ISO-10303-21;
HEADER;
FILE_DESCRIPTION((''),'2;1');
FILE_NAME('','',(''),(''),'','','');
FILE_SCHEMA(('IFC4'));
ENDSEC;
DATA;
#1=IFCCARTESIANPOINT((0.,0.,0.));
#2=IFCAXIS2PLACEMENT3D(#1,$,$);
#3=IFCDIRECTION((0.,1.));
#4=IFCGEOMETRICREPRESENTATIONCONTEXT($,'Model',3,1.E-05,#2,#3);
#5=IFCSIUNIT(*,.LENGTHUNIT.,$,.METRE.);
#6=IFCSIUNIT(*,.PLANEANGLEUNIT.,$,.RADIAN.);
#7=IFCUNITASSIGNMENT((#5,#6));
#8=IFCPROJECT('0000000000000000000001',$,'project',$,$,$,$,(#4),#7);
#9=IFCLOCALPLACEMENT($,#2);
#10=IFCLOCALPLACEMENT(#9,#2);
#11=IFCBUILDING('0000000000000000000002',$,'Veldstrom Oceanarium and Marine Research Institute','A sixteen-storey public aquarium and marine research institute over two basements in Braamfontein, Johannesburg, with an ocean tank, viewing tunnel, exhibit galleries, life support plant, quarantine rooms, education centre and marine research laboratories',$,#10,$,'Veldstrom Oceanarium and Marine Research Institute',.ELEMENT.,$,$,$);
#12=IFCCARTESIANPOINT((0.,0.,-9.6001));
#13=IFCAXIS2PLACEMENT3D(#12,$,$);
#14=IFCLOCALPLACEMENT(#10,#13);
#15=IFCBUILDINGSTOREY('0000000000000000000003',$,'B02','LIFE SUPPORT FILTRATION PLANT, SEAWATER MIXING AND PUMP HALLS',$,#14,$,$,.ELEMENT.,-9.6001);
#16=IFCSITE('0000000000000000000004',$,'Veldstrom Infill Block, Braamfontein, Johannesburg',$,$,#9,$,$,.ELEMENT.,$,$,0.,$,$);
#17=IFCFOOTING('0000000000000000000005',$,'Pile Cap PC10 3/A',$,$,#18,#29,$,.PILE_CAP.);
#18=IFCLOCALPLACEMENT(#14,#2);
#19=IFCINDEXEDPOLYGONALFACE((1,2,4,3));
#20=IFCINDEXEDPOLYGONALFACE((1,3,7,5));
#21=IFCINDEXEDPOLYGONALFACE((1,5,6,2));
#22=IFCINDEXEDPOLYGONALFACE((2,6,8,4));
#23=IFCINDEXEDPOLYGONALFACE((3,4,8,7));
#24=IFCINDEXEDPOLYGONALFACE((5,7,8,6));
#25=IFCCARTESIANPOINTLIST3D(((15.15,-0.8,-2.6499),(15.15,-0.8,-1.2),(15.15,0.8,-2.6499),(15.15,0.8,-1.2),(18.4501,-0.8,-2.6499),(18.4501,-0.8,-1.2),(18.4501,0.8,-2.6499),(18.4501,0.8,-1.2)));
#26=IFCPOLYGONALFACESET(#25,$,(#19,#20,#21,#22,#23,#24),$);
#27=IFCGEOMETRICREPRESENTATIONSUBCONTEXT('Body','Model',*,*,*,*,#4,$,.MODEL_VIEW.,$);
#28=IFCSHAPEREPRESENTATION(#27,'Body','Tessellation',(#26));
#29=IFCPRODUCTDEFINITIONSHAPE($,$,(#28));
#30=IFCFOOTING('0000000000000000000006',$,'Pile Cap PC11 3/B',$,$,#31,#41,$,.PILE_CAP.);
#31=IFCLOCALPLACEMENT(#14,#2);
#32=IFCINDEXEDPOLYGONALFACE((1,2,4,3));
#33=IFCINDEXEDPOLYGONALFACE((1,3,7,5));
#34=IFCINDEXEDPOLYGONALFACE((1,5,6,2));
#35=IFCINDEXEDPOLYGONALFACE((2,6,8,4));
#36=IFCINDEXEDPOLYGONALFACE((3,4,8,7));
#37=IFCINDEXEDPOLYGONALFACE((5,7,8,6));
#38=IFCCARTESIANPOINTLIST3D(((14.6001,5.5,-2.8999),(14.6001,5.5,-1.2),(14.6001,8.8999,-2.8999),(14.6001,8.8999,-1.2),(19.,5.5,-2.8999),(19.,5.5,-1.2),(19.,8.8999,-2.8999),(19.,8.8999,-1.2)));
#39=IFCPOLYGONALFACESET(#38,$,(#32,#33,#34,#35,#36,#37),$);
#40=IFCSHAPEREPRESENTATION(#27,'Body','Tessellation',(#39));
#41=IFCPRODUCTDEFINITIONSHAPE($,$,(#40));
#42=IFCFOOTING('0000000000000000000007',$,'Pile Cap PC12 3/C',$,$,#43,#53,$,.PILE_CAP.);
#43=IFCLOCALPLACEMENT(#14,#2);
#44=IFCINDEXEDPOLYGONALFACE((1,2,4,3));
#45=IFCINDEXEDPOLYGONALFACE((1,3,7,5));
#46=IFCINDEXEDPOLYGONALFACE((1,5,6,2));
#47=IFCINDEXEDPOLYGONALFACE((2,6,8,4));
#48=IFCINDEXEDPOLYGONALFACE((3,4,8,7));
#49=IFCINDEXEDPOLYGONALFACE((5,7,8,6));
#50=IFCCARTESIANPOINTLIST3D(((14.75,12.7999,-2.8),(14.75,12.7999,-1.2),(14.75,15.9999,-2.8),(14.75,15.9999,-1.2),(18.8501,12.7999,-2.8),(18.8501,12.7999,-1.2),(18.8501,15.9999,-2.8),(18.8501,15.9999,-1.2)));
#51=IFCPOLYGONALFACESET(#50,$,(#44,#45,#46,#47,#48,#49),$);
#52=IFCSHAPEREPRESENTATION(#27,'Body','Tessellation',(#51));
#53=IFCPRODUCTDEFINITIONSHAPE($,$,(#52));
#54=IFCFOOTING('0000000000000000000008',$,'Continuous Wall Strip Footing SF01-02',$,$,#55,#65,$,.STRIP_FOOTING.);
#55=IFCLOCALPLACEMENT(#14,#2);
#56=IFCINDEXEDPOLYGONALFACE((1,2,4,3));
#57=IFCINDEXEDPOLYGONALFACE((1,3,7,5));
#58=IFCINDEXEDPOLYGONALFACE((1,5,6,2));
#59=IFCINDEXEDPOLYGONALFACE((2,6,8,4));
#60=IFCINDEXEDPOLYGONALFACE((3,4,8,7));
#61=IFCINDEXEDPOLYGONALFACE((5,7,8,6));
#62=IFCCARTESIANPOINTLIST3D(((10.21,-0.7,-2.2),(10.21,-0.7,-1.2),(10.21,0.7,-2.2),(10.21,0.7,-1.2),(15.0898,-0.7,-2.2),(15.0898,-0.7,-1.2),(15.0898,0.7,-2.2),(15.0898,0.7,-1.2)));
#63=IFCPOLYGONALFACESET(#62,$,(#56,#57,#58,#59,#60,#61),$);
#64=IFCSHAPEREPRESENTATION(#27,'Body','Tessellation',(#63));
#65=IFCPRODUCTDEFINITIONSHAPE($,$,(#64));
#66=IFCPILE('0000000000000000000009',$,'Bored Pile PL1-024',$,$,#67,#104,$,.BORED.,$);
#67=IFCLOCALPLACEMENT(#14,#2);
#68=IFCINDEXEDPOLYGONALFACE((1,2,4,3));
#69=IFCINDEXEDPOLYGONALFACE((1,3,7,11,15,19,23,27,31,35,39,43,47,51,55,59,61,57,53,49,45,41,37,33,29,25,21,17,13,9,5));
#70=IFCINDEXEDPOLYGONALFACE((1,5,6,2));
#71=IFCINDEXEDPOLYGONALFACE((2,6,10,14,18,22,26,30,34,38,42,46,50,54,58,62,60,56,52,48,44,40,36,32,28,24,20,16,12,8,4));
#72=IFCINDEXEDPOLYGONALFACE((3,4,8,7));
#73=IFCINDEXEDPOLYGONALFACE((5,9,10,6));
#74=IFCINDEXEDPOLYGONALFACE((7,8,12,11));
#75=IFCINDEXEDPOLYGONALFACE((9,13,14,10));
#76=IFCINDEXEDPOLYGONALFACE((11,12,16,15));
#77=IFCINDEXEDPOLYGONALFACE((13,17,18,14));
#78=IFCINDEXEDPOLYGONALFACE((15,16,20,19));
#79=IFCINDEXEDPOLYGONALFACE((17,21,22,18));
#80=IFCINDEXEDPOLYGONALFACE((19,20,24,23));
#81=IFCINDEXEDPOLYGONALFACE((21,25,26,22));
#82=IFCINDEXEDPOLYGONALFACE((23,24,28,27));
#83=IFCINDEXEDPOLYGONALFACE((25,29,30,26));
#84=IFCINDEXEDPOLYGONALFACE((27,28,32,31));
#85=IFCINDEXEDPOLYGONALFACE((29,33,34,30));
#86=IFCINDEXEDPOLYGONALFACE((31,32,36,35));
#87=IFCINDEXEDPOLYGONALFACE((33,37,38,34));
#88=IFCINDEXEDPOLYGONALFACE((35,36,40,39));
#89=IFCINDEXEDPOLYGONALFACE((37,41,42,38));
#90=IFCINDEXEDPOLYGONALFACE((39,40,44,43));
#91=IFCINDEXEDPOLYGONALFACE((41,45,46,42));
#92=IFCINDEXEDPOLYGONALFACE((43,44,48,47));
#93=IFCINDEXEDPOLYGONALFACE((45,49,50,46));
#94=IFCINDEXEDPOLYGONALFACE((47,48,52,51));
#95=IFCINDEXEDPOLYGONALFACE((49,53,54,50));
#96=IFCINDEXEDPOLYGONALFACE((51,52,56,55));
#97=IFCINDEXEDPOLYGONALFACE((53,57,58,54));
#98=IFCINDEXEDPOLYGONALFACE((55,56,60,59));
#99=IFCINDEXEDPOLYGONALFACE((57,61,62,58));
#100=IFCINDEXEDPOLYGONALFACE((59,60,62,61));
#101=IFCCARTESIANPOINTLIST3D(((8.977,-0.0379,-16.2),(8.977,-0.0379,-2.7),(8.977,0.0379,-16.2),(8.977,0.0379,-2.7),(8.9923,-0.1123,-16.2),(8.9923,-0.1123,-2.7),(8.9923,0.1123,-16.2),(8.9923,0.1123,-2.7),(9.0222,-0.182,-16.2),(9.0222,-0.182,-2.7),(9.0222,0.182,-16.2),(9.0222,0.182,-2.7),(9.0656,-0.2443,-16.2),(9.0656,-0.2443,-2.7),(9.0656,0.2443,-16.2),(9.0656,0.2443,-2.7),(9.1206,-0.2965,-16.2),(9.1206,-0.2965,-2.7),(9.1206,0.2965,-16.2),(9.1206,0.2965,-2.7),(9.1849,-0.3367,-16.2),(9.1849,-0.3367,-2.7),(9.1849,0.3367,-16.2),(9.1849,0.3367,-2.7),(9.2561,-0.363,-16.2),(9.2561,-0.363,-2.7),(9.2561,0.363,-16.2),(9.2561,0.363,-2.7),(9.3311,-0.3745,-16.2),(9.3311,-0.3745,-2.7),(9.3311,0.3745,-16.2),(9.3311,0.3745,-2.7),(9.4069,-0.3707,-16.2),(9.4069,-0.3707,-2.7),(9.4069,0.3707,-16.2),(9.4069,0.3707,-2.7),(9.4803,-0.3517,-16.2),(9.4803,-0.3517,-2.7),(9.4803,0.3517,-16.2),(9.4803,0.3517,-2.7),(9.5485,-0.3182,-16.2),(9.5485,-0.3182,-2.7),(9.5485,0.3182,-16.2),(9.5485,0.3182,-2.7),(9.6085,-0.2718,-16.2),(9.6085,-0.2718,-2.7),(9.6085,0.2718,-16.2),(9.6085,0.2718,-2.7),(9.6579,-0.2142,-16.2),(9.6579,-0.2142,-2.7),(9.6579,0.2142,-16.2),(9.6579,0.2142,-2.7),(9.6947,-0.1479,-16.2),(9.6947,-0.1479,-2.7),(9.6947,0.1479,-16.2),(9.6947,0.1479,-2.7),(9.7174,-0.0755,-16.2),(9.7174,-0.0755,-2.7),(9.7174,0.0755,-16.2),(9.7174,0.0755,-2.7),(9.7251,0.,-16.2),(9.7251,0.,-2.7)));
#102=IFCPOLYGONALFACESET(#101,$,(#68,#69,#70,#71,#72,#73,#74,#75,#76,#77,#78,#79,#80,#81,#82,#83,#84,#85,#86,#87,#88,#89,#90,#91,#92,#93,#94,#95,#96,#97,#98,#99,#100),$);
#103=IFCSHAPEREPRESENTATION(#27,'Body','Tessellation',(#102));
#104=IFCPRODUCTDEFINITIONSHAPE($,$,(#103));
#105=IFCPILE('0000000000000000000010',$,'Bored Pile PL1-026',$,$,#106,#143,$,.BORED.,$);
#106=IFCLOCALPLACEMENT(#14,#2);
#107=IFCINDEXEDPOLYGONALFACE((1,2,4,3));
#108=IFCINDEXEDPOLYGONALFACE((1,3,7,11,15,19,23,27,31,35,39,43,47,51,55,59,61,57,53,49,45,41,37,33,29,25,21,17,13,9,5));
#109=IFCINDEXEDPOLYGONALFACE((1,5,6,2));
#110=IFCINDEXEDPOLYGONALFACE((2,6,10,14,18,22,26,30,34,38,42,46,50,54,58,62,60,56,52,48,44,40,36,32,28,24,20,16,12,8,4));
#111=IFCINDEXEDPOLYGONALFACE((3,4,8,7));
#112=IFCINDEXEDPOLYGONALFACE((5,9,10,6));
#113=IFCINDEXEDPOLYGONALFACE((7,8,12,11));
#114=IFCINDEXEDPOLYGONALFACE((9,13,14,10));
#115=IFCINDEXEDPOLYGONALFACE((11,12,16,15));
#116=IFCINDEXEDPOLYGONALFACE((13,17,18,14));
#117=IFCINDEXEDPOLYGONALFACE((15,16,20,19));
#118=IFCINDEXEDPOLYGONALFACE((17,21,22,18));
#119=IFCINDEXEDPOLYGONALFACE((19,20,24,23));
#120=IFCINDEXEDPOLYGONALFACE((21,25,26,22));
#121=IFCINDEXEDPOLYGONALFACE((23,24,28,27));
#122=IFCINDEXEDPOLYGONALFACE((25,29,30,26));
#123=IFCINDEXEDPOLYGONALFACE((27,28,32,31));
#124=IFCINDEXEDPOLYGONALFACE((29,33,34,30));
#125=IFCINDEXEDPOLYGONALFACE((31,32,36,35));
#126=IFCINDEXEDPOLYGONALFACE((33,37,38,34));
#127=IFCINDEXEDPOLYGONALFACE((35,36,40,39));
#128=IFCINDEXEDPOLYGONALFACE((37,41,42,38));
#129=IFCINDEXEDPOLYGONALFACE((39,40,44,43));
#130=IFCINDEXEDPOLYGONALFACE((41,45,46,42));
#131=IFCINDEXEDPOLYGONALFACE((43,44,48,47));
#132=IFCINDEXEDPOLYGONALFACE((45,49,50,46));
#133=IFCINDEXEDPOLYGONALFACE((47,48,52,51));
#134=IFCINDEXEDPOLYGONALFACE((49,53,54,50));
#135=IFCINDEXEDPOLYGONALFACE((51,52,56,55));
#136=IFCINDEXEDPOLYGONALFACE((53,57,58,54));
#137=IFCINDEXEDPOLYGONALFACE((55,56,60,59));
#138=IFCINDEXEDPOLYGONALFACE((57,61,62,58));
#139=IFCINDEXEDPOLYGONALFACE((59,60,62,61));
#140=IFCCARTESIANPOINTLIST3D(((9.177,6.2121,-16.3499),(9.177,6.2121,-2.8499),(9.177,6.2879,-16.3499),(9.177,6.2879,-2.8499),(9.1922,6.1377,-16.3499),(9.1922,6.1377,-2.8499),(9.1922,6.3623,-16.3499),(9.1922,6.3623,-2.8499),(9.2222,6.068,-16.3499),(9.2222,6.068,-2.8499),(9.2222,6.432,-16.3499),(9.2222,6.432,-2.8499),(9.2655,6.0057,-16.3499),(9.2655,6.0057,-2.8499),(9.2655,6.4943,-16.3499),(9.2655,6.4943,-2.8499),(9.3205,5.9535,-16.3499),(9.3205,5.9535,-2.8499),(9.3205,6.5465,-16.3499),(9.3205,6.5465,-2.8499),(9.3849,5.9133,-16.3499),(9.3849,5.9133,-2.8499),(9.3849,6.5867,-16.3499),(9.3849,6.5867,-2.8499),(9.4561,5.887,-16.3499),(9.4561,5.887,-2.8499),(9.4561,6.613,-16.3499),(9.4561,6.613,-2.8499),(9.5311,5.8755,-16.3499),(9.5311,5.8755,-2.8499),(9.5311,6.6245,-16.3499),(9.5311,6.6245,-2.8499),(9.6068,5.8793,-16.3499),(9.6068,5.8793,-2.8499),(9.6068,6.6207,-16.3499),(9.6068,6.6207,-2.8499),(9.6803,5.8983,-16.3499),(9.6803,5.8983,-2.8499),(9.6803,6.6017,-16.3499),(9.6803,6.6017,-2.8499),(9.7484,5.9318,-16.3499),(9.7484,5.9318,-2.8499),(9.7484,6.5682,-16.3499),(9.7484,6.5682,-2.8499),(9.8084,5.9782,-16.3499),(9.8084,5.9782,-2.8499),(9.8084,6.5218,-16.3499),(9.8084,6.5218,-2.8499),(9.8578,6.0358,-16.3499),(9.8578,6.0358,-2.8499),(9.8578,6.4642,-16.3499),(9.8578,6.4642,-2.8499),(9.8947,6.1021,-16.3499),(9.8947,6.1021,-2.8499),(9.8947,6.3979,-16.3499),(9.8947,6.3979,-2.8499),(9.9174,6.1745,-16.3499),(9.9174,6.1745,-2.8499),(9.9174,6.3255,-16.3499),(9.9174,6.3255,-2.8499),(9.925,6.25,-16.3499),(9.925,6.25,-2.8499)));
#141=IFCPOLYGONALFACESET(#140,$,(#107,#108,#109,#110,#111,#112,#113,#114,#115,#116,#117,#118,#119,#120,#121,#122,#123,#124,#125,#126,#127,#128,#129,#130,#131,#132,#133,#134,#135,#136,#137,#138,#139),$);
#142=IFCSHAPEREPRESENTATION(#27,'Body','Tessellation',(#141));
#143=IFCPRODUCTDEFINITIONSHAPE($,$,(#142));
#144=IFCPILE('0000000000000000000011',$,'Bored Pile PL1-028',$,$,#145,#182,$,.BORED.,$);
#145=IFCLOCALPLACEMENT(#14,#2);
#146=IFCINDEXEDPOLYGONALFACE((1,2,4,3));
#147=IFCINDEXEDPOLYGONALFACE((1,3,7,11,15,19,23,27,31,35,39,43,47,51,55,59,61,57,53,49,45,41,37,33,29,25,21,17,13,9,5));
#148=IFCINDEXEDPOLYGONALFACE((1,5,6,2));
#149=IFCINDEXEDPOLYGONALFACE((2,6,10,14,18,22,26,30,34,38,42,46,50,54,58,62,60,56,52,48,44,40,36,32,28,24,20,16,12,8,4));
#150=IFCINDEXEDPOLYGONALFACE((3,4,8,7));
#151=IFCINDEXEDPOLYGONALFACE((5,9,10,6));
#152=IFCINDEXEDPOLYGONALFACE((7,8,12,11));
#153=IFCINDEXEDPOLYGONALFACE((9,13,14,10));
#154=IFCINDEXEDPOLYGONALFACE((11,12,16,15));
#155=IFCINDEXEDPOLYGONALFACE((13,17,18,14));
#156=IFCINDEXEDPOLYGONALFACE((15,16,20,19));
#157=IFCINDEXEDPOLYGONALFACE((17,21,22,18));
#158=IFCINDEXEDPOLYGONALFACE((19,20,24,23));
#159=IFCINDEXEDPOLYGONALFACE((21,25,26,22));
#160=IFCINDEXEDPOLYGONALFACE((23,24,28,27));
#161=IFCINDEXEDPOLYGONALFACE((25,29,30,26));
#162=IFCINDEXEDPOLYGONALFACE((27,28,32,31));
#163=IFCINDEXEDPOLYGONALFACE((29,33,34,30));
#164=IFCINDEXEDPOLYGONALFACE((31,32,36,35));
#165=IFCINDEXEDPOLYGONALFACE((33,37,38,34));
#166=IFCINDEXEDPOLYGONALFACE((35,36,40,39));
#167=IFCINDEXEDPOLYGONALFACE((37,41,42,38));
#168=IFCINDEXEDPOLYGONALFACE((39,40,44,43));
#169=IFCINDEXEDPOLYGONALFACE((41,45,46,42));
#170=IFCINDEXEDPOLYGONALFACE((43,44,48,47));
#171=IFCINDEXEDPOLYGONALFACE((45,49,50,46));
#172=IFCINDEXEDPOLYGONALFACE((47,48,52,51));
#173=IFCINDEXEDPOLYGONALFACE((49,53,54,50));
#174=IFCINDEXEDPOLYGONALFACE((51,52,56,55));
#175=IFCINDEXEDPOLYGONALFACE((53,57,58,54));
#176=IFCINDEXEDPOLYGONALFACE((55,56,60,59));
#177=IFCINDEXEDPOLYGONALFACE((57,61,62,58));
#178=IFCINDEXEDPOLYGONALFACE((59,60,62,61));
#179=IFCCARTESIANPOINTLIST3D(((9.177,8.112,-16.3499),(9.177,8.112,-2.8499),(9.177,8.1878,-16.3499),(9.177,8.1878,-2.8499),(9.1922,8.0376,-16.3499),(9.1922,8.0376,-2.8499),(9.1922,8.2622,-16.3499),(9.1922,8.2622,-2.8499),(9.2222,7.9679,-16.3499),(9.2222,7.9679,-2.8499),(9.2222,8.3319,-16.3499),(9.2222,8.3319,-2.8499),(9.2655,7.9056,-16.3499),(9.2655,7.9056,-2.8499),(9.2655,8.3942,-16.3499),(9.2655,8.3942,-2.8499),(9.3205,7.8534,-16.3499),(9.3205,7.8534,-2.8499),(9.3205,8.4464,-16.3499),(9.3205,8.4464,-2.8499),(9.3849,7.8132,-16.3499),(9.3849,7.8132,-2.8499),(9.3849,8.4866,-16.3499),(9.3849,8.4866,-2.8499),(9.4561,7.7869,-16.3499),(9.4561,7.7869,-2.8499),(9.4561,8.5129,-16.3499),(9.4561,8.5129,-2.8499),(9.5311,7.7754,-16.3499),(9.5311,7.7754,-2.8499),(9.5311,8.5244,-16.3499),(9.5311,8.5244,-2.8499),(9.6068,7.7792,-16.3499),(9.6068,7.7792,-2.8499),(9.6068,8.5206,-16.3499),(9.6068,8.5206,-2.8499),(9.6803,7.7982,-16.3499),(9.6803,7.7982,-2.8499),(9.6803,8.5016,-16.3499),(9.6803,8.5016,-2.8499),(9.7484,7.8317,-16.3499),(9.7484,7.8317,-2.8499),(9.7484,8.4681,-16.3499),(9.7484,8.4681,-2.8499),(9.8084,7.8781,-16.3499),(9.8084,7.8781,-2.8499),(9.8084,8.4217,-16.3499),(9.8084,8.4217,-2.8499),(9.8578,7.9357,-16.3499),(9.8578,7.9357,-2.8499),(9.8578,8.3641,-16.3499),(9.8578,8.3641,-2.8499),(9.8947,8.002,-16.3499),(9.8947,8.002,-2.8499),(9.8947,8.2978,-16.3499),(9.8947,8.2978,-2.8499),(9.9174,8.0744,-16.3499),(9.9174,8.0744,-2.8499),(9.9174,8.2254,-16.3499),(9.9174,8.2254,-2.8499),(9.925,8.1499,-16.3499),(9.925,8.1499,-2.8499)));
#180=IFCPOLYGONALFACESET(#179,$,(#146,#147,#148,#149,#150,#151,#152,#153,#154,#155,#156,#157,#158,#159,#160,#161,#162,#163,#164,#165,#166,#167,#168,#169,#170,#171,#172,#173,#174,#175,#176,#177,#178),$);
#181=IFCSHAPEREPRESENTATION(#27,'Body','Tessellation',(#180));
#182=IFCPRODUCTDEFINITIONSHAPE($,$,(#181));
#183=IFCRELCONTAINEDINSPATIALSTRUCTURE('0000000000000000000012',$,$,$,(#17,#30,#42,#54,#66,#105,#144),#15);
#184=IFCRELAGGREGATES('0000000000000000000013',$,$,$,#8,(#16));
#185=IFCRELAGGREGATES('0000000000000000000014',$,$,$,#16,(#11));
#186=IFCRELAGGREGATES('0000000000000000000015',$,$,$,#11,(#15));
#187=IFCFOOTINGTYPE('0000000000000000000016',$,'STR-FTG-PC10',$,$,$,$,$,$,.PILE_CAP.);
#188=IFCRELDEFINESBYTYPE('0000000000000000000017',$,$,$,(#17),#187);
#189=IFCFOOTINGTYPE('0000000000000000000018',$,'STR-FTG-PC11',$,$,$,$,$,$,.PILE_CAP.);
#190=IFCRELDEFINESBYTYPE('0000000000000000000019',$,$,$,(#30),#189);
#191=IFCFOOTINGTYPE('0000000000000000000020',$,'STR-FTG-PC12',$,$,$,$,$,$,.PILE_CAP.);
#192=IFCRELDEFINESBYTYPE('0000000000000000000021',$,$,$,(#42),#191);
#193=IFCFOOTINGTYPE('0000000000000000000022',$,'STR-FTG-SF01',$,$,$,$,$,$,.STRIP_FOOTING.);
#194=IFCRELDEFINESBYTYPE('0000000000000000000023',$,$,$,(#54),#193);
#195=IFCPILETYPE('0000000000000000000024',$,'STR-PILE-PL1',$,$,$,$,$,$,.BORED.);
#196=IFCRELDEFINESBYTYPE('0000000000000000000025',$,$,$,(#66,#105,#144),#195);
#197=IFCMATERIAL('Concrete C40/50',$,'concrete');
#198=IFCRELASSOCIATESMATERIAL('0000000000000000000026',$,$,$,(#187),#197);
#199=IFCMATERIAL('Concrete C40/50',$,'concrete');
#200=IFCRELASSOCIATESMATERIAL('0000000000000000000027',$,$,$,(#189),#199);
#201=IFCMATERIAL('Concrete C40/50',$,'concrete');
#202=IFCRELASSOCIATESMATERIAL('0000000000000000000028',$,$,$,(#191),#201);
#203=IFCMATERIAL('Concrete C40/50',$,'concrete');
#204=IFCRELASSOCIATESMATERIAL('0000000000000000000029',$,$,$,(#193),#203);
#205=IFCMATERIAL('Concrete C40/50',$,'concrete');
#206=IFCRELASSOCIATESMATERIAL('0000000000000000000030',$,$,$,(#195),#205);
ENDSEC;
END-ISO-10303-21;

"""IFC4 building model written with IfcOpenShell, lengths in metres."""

from ifc_helpers import new_model, si_unit, direction, frame, origin, origin_2d, place, context, subcontext, project, spatial, rectangle, circle, extrude, material, material_profile, profile_set, type_object, element, save


model = new_model("IFC4")

# Units and contexts
model_context = context("Model", 3, precision=1e-05, world=origin(), true_north=direction((0.0, 1.0)))
body_context = subcontext(model_context, "Body", "Model", "MODEL_VIEW")
ifc_project = project(units=[si_unit("LENGTHUNIT", "METRE"), si_unit("PLANEANGLEUNIT", "RADIAN")], contexts=[model_context])

# Site, building, storey
site_placement = place(None, origin())
site = spatial("IfcSite", under=ifc_project, at=site_placement, Name="Veldstrom Infill Block, Braamfontein, Johannesburg", CompositionType="ELEMENT", RefElevation=0.0)
building_placement = place(site_placement, origin())
building = spatial("IfcBuilding", under=site, at=building_placement, Name="Veldstrom Oceanarium and Marine Research Institute", Description="A sixteen-storey public aquarium and marine research institute over two basements in Braamfontein, Johannesburg, with an ocean tank, viewing tunnel, exhibit galleries, life support plant, quarantine rooms, education centre and marine research laboratories", LongName="Veldstrom Oceanarium and Marine Research Institute", CompositionType="ELEMENT")
storey_placement = place(building_placement, frame((0.0, 0.0, -9.6001)))
storey = spatial("IfcBuildingStorey", under=building, at=storey_placement, Name="B02", Description="LIFE SUPPORT FILTRATION PLANT, SEAWATER MIXING AND PUMP HALLS", CompositionType="ELEMENT", Elevation=-9.6001)

# Footings
ifc_material_1 = material(Name="Concrete C40/50", Category="concrete")
footing_type_1 = type_object("IfcFootingType", Name="STR-FTG-PC10", PredefinedType="PILE_CAP", material=ifc_material_1)
footing_1_placement = place(storey_placement, frame((16.8, 0.0, -2.6499), z_axis=(0.0, 0.0, 1.0), x_axis=(1.0, 0.0, 0.0)))
element("IfcFooting", 1, at=footing_1_placement, inside=storey, type_object=footing_type_1, Name="Pile Cap PC10 3/A", PredefinedType="PILE_CAP", context=body_context, shape_type="SweptSolid", body=[
    extrude(rectangle(XDim=3.3, YDim=1.6001, at=origin_2d()), origin(), (0.0, 0.0, 1.0), 1.45),
])
ifc_material_2 = material(Name="Concrete C40/50", Category="concrete")
footing_type_2 = type_object("IfcFootingType", Name="STR-FTG-PC11", PredefinedType="PILE_CAP", material=ifc_material_2)
footing_2_placement = place(storey_placement, frame((16.8, 7.2, -2.8999), z_axis=(0.0, 0.0, 1.0), x_axis=(1.0, 0.0, 0.0)))
element("IfcFooting", 2, at=footing_2_placement, inside=storey, type_object=footing_type_2, Name="Pile Cap PC11 3/B", PredefinedType="PILE_CAP", context=body_context, shape_type="SweptSolid", body=[
    extrude(rectangle(XDim=4.3999, YDim=3.3999, at=origin_2d()), origin(), (0.0, 0.0, 1.0), 1.7),
])
ifc_material_3 = material(Name="Concrete C40/50", Category="concrete")
footing_type_3 = type_object("IfcFootingType", Name="STR-FTG-PC12", PredefinedType="PILE_CAP", material=ifc_material_3)
footing_3_placement = place(storey_placement, frame((16.8, 14.3999, -2.8), z_axis=(0.0, 0.0, 1.0), x_axis=(1.0, 0.0, 0.0)))
element("IfcFooting", 3, at=footing_3_placement, inside=storey, type_object=footing_type_3, Name="Pile Cap PC12 3/C", PredefinedType="PILE_CAP", context=body_context, shape_type="SweptSolid", body=[
    extrude(rectangle(XDim=4.1001, YDim=3.2, at=origin_2d()), origin(), (0.0, 0.0, 1.0), 1.6001),
])
ifc_material_4 = material(Name="Concrete C40/50", Category="concrete")
footing_type_4 = type_object("IfcFootingType", Name="STR-FTG-SF01", PredefinedType="STRIP_FOOTING", material=ifc_material_4)
footing_4_placement = place(storey_placement, frame((12.6499, 0.0, -2.2), z_axis=(0.0, 0.0, 1.0), x_axis=(1.0, 0.0, 0.0)))
element("IfcFooting", 4, at=footing_4_placement, inside=storey, type_object=footing_type_4, Name="Continuous Wall Strip Footing SF01-02", PredefinedType="STRIP_FOOTING", context=body_context, shape_type="SweptSolid", body=[
    extrude(rectangle(XDim=4.8799, YDim=1.3999, at=origin_2d()), origin(), (0.0, 0.0, 1.0), 1.0),
])

# Piles
ifc_material_5 = material(Name="Concrete C40/50", Category="concrete")
ifc_material_profile_1 = material_profile(ifc_material_5, circle(Radius=0.375, at=origin_2d()), Name="PILE-D750")
ifc_profile_set_1 = profile_set([ifc_material_profile_1], Name="Concrete C40/50")
pile_type = type_object("IfcPileType", Name="STR-PILE-PL1", PredefinedType="BORED", material=ifc_profile_set_1)
for number, where, z_axis, x_axis, name in (
    (5, (9.3501, 0.0, -2.7), (0.0, 0.0, -1.0), (1.0, 0.0, 0.0), "Bored Pile PL1-024"),
    (6, (9.55, 6.25, -2.8499), (0.0, 0.0, -1.0), (1.0, 0.0, 0.0), "Bored Pile PL1-026"),
    (7, (9.55, 8.1499, -2.8499), (0.0, 0.0, -1.0), (1.0, 0.0, 0.0), "Bored Pile PL1-028"),
):
    element("IfcPile", number, at=place(storey_placement, frame(where, z_axis=z_axis, x_axis=x_axis)), inside=storey, type_object=pile_type, Name=name, PredefinedType="BORED", context=body_context, shape_type="SweptSolid", body=[
        extrude(circle(Radius=0.375, at=origin_2d()), origin(), (0.0, 0.0, 1.0), 13.5),
    ])

save(model, "model.ifc")
